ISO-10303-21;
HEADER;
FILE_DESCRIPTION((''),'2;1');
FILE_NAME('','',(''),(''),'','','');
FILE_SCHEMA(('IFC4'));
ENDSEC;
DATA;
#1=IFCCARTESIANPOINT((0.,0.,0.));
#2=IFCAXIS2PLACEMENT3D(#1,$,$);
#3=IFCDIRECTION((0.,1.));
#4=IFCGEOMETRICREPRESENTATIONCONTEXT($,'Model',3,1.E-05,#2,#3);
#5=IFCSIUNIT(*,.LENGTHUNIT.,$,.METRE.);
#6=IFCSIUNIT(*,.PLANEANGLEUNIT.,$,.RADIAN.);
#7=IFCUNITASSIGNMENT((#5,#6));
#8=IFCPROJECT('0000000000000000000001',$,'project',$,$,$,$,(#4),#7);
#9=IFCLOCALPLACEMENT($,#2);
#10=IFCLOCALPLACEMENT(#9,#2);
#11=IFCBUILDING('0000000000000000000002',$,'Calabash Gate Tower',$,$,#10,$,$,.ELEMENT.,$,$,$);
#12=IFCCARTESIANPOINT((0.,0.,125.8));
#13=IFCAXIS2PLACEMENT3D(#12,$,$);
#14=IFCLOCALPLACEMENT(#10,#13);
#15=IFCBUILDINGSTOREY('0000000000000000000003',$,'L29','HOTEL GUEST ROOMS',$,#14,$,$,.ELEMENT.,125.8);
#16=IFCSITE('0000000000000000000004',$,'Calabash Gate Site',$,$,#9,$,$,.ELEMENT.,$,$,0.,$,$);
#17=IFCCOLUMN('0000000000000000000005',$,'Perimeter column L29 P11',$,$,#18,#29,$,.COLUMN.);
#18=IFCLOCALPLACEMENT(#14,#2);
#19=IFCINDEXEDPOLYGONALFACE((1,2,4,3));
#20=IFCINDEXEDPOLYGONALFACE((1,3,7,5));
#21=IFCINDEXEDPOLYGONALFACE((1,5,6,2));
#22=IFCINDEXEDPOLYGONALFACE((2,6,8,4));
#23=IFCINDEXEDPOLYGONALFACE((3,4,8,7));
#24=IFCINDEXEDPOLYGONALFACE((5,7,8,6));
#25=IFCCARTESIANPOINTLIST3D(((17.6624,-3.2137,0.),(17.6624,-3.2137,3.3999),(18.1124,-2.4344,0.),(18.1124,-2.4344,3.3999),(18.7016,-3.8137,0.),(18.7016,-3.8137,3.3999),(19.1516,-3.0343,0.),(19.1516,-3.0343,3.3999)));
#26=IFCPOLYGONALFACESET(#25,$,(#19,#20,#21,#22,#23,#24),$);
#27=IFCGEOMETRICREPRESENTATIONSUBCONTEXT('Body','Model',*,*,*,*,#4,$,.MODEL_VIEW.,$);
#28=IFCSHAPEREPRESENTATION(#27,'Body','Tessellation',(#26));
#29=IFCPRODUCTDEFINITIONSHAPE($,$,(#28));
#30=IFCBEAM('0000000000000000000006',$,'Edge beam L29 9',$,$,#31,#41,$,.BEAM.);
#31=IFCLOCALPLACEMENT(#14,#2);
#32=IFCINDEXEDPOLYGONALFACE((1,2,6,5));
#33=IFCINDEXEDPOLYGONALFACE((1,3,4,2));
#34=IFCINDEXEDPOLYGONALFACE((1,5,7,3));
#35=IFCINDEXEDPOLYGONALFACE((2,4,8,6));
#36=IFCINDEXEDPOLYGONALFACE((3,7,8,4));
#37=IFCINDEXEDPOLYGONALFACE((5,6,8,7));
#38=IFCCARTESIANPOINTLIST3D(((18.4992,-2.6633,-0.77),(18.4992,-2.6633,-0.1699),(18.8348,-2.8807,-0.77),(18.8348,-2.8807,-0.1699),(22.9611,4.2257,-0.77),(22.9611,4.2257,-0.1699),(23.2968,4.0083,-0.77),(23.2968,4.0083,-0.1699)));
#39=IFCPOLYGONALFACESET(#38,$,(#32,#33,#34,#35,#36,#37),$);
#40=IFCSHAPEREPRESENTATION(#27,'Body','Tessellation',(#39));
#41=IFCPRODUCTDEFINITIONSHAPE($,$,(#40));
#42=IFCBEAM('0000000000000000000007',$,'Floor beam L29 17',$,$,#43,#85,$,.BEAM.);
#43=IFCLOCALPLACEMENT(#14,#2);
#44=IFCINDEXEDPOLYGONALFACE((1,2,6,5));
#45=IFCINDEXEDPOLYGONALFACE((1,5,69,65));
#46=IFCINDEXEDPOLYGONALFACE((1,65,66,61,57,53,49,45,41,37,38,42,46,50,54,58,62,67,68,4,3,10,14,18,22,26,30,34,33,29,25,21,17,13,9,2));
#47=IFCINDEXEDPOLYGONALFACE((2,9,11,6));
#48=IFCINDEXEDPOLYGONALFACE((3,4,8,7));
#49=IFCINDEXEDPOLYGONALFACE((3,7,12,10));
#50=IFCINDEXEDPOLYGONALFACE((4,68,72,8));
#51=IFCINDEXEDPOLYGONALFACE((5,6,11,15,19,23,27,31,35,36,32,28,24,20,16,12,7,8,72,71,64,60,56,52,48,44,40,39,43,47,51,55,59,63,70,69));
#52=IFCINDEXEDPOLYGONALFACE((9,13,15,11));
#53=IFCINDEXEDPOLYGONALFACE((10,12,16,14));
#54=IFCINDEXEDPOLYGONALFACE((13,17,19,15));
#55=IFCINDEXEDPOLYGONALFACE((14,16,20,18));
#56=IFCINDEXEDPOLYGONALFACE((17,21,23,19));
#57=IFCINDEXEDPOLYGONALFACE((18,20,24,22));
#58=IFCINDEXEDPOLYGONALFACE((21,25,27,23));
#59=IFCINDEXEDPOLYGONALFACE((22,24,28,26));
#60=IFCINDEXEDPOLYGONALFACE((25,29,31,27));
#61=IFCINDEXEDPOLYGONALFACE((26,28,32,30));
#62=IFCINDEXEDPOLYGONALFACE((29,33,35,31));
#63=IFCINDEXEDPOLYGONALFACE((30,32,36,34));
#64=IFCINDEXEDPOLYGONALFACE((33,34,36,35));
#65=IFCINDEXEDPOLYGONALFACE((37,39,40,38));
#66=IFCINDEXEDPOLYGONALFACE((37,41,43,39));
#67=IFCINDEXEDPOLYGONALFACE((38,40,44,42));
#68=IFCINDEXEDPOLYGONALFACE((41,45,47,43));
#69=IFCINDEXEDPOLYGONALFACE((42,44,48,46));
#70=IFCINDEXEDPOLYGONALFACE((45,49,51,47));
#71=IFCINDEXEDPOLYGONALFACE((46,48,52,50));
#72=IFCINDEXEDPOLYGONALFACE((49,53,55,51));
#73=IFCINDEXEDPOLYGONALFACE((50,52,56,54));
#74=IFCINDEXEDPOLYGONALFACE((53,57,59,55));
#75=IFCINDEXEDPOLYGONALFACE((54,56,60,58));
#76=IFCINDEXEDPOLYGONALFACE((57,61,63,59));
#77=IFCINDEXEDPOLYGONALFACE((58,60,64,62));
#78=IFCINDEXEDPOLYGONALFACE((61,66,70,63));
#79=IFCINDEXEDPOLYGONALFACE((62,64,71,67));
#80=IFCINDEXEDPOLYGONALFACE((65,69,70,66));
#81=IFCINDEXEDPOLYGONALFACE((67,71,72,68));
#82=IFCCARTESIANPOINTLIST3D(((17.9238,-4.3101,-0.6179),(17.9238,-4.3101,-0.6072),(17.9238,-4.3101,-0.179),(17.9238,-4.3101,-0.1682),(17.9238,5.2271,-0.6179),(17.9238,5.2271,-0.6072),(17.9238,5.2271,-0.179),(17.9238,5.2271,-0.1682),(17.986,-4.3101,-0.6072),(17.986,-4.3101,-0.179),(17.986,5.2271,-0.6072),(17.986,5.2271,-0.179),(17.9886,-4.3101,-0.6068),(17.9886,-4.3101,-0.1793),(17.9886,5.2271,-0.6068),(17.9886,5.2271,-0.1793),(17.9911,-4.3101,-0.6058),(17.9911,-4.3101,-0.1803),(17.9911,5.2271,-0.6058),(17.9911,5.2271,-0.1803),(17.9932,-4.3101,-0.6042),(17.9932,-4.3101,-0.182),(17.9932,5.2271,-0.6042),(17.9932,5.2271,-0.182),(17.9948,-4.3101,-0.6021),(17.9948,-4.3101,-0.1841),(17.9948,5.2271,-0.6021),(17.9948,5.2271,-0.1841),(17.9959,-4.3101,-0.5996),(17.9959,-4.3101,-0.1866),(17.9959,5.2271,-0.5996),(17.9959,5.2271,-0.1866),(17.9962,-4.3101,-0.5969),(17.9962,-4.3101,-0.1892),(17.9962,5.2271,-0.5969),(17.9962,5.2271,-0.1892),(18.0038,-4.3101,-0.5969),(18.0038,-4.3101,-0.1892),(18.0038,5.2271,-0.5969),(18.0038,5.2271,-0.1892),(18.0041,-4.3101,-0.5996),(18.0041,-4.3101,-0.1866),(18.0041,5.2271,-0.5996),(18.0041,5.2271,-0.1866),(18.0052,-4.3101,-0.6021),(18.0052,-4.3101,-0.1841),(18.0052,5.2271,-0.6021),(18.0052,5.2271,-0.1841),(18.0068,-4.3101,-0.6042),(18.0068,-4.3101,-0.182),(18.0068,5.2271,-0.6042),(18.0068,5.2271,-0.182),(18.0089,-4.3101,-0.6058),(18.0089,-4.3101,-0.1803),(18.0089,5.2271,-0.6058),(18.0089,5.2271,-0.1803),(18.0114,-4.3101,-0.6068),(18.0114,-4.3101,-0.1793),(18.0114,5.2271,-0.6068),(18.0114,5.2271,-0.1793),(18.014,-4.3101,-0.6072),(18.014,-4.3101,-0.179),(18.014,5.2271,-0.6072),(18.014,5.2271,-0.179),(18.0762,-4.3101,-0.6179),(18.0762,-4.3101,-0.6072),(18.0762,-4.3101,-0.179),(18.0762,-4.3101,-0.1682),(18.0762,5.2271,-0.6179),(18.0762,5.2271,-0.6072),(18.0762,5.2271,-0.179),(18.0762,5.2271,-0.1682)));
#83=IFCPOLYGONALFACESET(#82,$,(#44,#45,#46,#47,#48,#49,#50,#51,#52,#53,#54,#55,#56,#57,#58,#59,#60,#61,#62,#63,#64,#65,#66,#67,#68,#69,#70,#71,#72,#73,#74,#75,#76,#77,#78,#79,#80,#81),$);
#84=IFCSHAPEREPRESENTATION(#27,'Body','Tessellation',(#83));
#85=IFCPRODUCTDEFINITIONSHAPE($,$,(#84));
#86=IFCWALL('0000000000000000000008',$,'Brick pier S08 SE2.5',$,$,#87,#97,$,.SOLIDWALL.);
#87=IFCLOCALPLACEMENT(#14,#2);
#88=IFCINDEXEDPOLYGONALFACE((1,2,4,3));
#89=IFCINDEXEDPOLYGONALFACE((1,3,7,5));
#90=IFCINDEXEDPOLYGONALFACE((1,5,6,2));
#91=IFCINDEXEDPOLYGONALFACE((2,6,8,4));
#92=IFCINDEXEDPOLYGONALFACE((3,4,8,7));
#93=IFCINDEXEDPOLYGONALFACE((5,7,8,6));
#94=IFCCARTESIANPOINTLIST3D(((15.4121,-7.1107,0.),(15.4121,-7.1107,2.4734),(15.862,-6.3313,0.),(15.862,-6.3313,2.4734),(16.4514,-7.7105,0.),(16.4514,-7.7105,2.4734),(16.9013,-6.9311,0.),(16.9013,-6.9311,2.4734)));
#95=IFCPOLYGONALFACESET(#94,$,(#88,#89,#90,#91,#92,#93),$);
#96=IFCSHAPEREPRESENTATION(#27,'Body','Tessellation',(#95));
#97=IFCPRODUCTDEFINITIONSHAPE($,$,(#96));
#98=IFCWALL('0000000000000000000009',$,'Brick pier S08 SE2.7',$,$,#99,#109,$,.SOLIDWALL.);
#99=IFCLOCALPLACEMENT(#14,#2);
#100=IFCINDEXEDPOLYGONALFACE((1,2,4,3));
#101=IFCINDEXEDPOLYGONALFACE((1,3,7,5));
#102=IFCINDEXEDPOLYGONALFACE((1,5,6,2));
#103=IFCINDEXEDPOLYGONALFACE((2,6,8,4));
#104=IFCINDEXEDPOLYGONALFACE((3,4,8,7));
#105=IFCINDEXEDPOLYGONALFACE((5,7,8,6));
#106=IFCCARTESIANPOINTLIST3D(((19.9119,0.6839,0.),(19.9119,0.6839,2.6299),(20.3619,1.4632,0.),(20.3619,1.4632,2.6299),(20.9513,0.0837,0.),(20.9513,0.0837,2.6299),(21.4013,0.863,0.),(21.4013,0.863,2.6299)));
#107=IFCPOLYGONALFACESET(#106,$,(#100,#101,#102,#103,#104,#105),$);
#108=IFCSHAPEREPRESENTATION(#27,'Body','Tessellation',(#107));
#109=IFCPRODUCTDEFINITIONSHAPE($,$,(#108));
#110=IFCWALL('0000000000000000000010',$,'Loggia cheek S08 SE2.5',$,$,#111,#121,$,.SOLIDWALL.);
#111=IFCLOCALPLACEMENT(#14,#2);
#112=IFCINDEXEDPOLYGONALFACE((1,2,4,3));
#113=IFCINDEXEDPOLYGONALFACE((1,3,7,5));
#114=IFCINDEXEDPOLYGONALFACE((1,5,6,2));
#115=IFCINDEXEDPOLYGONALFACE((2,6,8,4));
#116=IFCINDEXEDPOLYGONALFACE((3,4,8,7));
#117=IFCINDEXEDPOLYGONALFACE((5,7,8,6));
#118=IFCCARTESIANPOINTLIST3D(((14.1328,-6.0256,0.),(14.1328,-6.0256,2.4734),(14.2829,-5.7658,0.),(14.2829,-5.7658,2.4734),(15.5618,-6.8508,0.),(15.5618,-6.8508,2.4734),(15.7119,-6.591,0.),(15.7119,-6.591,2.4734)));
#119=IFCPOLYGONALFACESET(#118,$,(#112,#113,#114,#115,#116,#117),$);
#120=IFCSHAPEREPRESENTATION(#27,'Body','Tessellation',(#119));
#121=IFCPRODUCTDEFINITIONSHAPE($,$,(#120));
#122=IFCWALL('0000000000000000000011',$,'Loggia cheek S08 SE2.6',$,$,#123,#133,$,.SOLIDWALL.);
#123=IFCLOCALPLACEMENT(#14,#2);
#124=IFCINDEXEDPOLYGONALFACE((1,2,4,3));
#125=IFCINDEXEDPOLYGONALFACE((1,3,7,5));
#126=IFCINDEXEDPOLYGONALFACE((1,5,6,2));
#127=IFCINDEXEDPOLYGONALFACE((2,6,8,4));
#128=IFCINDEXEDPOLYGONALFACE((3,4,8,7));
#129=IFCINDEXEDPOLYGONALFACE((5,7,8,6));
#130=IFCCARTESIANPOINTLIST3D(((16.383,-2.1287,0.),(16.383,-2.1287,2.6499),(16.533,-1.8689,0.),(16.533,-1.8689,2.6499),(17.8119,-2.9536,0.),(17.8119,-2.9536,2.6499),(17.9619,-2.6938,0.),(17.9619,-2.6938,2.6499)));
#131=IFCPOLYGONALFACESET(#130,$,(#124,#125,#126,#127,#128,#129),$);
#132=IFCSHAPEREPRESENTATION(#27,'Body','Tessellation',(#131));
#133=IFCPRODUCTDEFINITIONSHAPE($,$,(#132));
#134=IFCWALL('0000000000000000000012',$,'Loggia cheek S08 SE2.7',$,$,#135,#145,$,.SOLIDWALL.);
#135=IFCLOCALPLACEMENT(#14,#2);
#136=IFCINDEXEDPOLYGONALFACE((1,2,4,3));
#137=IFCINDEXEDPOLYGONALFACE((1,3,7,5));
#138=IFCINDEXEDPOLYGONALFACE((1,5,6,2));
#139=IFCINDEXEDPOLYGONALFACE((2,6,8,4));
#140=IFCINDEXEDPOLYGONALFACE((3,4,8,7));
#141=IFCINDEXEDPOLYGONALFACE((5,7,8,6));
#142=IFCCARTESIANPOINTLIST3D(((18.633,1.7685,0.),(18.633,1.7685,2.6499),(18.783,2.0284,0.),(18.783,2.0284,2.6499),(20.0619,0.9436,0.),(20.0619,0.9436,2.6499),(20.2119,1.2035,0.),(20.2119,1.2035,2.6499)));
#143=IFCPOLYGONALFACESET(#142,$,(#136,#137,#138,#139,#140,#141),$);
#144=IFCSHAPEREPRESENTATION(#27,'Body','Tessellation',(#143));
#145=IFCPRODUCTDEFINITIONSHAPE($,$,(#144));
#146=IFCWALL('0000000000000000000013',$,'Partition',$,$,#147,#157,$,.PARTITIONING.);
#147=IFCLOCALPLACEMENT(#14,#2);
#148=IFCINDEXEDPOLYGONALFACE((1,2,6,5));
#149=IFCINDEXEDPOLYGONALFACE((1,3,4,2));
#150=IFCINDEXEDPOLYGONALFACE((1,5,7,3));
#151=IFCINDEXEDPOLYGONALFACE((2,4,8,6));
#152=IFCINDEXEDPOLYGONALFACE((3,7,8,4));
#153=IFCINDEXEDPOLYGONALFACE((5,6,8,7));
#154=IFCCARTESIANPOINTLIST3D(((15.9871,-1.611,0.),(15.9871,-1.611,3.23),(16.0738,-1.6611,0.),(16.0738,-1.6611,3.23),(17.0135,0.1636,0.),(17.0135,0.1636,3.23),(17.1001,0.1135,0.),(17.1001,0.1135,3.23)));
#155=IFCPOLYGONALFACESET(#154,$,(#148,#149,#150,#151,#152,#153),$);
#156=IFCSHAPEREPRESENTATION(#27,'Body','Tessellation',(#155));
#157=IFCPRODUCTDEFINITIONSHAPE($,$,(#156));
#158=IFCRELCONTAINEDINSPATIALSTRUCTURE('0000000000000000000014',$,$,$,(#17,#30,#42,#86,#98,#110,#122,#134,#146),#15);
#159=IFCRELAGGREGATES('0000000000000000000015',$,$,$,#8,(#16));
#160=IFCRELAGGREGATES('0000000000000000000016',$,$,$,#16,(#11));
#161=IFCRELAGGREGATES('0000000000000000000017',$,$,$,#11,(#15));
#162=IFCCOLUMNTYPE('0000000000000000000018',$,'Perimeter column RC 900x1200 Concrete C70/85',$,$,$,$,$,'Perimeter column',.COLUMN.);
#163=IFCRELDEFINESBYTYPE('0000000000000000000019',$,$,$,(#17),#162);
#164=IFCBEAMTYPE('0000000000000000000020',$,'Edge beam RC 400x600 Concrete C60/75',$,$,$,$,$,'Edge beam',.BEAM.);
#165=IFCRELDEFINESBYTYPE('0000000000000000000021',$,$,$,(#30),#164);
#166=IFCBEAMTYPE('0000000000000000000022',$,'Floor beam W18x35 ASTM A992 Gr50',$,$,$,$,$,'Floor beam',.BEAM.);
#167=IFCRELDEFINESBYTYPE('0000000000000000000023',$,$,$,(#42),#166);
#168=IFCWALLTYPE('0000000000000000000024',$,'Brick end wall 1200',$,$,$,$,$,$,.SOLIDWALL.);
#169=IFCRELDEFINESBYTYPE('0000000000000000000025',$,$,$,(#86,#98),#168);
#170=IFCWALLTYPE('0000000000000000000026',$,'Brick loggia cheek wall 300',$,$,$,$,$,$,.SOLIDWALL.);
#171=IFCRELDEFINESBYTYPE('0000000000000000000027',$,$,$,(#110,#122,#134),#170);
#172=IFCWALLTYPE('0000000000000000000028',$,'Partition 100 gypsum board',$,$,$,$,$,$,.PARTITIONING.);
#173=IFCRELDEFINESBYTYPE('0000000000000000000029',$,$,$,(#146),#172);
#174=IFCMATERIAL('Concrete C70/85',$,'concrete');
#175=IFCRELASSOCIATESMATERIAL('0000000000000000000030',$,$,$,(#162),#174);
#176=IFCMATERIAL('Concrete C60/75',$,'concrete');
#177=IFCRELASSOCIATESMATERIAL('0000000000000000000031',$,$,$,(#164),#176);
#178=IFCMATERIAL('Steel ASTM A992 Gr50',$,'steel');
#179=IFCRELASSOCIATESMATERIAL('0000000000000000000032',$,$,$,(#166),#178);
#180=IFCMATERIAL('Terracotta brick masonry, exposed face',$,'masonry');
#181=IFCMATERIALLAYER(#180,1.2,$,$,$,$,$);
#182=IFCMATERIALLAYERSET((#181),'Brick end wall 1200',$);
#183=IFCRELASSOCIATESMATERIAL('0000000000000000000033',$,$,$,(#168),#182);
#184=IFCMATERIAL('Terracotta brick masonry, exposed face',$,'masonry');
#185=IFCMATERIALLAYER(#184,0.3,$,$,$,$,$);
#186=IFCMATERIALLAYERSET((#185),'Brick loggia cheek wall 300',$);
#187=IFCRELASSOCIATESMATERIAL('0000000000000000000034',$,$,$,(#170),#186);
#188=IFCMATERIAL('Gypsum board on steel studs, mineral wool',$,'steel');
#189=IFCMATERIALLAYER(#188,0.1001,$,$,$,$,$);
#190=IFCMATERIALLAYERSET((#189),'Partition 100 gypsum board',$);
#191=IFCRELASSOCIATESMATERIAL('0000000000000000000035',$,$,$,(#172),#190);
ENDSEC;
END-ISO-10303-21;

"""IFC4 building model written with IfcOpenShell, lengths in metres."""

from ifc_helpers import new_model, si_unit, direction, frame, frame_2d, origin, origin_2d, place, context, subcontext, project, spatial, rectangle, i_section, extrude, material, layer, layer_set, material_profile, profile_set, type_object, element, save


model = new_model("IFC4")

# Units and contexts
model_context = context("Model", 3, precision=1e-05, world=origin(), true_north=direction((0.0, 1.0)))
body_context = subcontext(model_context, "Body", "Model", "MODEL_VIEW")
ifc_project = project(units=[si_unit("LENGTHUNIT", "METRE"), si_unit("PLANEANGLEUNIT", "RADIAN")], contexts=[model_context])

# Site, building, storey
site_placement = place(None, origin())
site = spatial("IfcSite", under=ifc_project, at=site_placement, Name="Calabash Gate Site", CompositionType="ELEMENT", RefElevation=0.0)
building_placement = place(site_placement, origin())
building = spatial("IfcBuilding", under=site, at=building_placement, Name="Calabash Gate Tower", CompositionType="ELEMENT")
storey_placement = place(building_placement, frame((0.0, 0.0, 125.8)))
storey = spatial("IfcBuildingStorey", under=building, at=storey_placement, Name="L29", Description="HOTEL GUEST ROOMS", CompositionType="ELEMENT", Elevation=125.8)

# Column
ifc_material_1 = material(Name="Concrete C70/85", Category="concrete")
ifc_material_profile_1 = material_profile(ifc_material_1, rectangle(XDim=0.8999, YDim=1.2, at=origin_2d()))
ifc_profile_set_1 = profile_set([ifc_material_profile_1], Name="Concrete C70/85")
column_type = type_object("IfcColumnType", Name="Perimeter column RC 900x1200 Concrete C70/85", ElementType="Perimeter column", PredefinedType="COLUMN", material=ifc_profile_set_1)
column_placement = place(storey_placement, frame((18.407, -3.124, 0.0), z_axis=(0.0, 0.0, 1.0), x_axis=(0.5, 0.866025, 0.0)))
element("IfcColumn", 1, at=column_placement, inside=storey, type_object=column_type, Name="Perimeter column L29 P11", PredefinedType="COLUMN", context=body_context, shape_type="SweptSolid", body=[
    extrude(rectangle(XDim=0.8999, YDim=1.2, at=origin_2d()), origin(), (0.0, 0.0, 1.0), 3.3999),
])

# Beams
ifc_material_2 = material(Name="Concrete C60/75", Category="concrete")
ifc_material_profile_2 = material_profile(ifc_material_2, rectangle(XDim=0.3999, YDim=0.6001, at=origin_2d()))
ifc_profile_set_2 = profile_set([ifc_material_profile_2], Name="Concrete C60/75")
beam_type_1 = type_object("IfcBeamType", Name="Edge beam RC 400x600 Concrete C60/75", ElementType="Edge beam", PredefinedType="BEAM", material=ifc_profile_set_2)
beam_1_placement = place(storey_placement, frame((18.667, -2.772, -0.47), z_axis=(0.543627, 0.839327, 0.0), x_axis=(-0.839327, 0.543627, 0.0)))
element("IfcBeam", 2, at=beam_1_placement, inside=storey, type_object=beam_type_1, Name="Edge beam L29 9", PredefinedType="BEAM", context=body_context, shape_type="SweptSolid", body=[
    extrude(rectangle(XDim=0.3999, YDim=0.6001, at=origin_2d()), origin(), (0.0, 0.0, 1.0), 8.2078),
])
ifc_material_3 = material(Name="Steel ASTM A992 Gr50", Category="steel")
ifc_material_profile_3 = material_profile(ifc_material_3, i_section(OverallWidth=0.1523, OverallDepth=0.4497, WebThickness=0.0076, FlangeThickness=0.0107, FilletRadius=0.0103, at=origin_2d()))
ifc_profile_set_3 = profile_set([ifc_material_profile_3], Name="Steel ASTM A992 Gr50")
beam_type_2 = type_object("IfcBeamType", Name="Floor beam W18x35 ASTM A992 Gr50", ElementType="Floor beam", PredefinedType="BEAM", material=ifc_profile_set_3)
beam_2_placement = place(storey_placement, frame((18.0, -4.3101, -0.3931), z_axis=(0.0, 1.0, 0.0), x_axis=(-1.0, 0.0, 0.0)))
element("IfcBeam", 3, at=beam_2_placement, inside=storey, type_object=beam_type_2, Name="Floor beam L29 17", PredefinedType="BEAM", context=body_context, shape_type="SweptSolid", body=[
    extrude(i_section(OverallWidth=0.1523, OverallDepth=0.4497, WebThickness=0.0076, FlangeThickness=0.0107, FilletRadius=0.0103, at=origin_2d()), origin(), (0.0, 0.0, 1.0), 9.5371),
])

# Walls
ifc_material_4 = material(Name="Terracotta brick masonry, exposed face", Category="masonry")
ifc_layer_1 = layer(ifc_material_4, 1.2)
ifc_layer_set_1 = layer_set([ifc_layer_1], Name="Brick end wall 1200")
wall_type_1 = type_object("IfcWallType", Name="Brick end wall 1200", PredefinedType="SOLIDWALL", material=ifc_layer_set_1)
wall_1_placement = place(storey_placement, frame((15.637, -6.7209, 0.0), z_axis=(0.0, 0.0, 1.0), x_axis=(0.866094, -0.499881, 0.0)))
element("IfcWall", 4, at=wall_1_placement, inside=storey, type_object=wall_type_1, Name="Brick pier S08 SE2.5", PredefinedType="SOLIDWALL", context=body_context, shape_type="SweptSolid", body=[
    extrude(rectangle(XDim=1.2, YDim=0.8999, at=frame_2d((0.6001, 0.0))), origin(), (0.0, 0.0, 1.0), 2.4734),
])
wall_2_placement = place(storey_placement, frame((21.1763, 0.4734, 0.0), z_axis=(0.0, 0.0, 1.0), x_axis=(-0.866006, 0.500034, 0.0)))
element("IfcWall", 5, at=wall_2_placement, inside=storey, type_object=wall_type_1, Name="Brick pier S08 SE2.7", PredefinedType="SOLIDWALL", context=body_context, shape_type="SweptSolid", body=[
    extrude(rectangle(XDim=1.2002, YDim=0.8999, at=frame_2d((0.6001, 0.0))), origin(), (0.0, 0.0, 1.0), 2.6299),
])
ifc_material_5 = material(Name="Terracotta brick masonry, exposed face", Category="masonry")
ifc_layer_2 = layer(ifc_material_5, 0.3)
ifc_layer_set_2 = layer_set([ifc_layer_2], Name="Brick loggia cheek wall 300")
wall_type_2 = type_object("IfcWallType", Name="Brick loggia cheek wall 300", PredefinedType="SOLIDWALL", material=ifc_layer_set_2)
wall_3_placement = place(storey_placement, frame((15.637, -6.7209, 0.0), z_axis=(0.0, 0.0, 1.0), x_axis=(-0.865976, 0.500085, 0.0)))
element("IfcWall", 6, at=wall_3_placement, inside=storey, type_object=wall_type_2, Name="Loggia cheek S08 SE2.5", PredefinedType="SOLIDWALL", context=body_context, shape_type="SweptSolid", body=[
    extrude(rectangle(XDim=1.6501, YDim=0.3, at=frame_2d((0.8252, 0.0))), origin(), (0.0, 0.0, 1.0), 2.4734),
])
for number, where, z_axis, x_axis, name in (
    (7, (16.458, -1.9988, 0.0), (0.0, 0.0, 1.0), (0.86604, -0.499974, 0.0), "Loggia cheek S08 SE2.6"),
    (8, (18.708, 1.8984, 0.0), (0.0, 0.0, 1.0), (0.86604, -0.499974, 0.0), "Loggia cheek S08 SE2.7"),
):
    element("IfcWall", number, at=place(storey_placement, frame(where, z_axis=z_axis, x_axis=x_axis)), inside=storey, type_object=wall_type_2, Name=name, PredefinedType="SOLIDWALL", context=body_context, shape_type="SweptSolid", body=[
        extrude(rectangle(XDim=1.6499, YDim=0.3, at=frame_2d((0.825, 0.0))), origin(), (0.0, 0.0, 1.0), 2.6499),
    ])
ifc_material_6 = material(Name="Gypsum board on steel studs, mineral wool", Category="steel")
ifc_layer_3 = layer(ifc_material_6, 0.1001)
ifc_layer_set_3 = layer_set([ifc_layer_3], Name="Partition 100 gypsum board")
wall_type_3 = type_object("IfcWallType", Name="Partition 100 gypsum board", PredefinedType="PARTITIONING", material=ifc_layer_set_3)
wall_4_placement = place(storey_placement, frame((16.0305, -1.636, 0.0), z_axis=(0.0, 0.0, 1.0), x_axis=(0.500647, 0.865652, 0.0)))
element("IfcWall", 9, at=wall_4_placement, inside=storey, type_object=wall_type_3, Name="Partition", PredefinedType="PARTITIONING", context=body_context, shape_type="SweptSolid", body=[
    extrude(rectangle(XDim=2.05, YDim=0.1001, at=frame_2d((1.0249, 0.0))), origin(), (0.0, 0.0, 1.0), 3.23),
])

save(model, "model.ifc")
